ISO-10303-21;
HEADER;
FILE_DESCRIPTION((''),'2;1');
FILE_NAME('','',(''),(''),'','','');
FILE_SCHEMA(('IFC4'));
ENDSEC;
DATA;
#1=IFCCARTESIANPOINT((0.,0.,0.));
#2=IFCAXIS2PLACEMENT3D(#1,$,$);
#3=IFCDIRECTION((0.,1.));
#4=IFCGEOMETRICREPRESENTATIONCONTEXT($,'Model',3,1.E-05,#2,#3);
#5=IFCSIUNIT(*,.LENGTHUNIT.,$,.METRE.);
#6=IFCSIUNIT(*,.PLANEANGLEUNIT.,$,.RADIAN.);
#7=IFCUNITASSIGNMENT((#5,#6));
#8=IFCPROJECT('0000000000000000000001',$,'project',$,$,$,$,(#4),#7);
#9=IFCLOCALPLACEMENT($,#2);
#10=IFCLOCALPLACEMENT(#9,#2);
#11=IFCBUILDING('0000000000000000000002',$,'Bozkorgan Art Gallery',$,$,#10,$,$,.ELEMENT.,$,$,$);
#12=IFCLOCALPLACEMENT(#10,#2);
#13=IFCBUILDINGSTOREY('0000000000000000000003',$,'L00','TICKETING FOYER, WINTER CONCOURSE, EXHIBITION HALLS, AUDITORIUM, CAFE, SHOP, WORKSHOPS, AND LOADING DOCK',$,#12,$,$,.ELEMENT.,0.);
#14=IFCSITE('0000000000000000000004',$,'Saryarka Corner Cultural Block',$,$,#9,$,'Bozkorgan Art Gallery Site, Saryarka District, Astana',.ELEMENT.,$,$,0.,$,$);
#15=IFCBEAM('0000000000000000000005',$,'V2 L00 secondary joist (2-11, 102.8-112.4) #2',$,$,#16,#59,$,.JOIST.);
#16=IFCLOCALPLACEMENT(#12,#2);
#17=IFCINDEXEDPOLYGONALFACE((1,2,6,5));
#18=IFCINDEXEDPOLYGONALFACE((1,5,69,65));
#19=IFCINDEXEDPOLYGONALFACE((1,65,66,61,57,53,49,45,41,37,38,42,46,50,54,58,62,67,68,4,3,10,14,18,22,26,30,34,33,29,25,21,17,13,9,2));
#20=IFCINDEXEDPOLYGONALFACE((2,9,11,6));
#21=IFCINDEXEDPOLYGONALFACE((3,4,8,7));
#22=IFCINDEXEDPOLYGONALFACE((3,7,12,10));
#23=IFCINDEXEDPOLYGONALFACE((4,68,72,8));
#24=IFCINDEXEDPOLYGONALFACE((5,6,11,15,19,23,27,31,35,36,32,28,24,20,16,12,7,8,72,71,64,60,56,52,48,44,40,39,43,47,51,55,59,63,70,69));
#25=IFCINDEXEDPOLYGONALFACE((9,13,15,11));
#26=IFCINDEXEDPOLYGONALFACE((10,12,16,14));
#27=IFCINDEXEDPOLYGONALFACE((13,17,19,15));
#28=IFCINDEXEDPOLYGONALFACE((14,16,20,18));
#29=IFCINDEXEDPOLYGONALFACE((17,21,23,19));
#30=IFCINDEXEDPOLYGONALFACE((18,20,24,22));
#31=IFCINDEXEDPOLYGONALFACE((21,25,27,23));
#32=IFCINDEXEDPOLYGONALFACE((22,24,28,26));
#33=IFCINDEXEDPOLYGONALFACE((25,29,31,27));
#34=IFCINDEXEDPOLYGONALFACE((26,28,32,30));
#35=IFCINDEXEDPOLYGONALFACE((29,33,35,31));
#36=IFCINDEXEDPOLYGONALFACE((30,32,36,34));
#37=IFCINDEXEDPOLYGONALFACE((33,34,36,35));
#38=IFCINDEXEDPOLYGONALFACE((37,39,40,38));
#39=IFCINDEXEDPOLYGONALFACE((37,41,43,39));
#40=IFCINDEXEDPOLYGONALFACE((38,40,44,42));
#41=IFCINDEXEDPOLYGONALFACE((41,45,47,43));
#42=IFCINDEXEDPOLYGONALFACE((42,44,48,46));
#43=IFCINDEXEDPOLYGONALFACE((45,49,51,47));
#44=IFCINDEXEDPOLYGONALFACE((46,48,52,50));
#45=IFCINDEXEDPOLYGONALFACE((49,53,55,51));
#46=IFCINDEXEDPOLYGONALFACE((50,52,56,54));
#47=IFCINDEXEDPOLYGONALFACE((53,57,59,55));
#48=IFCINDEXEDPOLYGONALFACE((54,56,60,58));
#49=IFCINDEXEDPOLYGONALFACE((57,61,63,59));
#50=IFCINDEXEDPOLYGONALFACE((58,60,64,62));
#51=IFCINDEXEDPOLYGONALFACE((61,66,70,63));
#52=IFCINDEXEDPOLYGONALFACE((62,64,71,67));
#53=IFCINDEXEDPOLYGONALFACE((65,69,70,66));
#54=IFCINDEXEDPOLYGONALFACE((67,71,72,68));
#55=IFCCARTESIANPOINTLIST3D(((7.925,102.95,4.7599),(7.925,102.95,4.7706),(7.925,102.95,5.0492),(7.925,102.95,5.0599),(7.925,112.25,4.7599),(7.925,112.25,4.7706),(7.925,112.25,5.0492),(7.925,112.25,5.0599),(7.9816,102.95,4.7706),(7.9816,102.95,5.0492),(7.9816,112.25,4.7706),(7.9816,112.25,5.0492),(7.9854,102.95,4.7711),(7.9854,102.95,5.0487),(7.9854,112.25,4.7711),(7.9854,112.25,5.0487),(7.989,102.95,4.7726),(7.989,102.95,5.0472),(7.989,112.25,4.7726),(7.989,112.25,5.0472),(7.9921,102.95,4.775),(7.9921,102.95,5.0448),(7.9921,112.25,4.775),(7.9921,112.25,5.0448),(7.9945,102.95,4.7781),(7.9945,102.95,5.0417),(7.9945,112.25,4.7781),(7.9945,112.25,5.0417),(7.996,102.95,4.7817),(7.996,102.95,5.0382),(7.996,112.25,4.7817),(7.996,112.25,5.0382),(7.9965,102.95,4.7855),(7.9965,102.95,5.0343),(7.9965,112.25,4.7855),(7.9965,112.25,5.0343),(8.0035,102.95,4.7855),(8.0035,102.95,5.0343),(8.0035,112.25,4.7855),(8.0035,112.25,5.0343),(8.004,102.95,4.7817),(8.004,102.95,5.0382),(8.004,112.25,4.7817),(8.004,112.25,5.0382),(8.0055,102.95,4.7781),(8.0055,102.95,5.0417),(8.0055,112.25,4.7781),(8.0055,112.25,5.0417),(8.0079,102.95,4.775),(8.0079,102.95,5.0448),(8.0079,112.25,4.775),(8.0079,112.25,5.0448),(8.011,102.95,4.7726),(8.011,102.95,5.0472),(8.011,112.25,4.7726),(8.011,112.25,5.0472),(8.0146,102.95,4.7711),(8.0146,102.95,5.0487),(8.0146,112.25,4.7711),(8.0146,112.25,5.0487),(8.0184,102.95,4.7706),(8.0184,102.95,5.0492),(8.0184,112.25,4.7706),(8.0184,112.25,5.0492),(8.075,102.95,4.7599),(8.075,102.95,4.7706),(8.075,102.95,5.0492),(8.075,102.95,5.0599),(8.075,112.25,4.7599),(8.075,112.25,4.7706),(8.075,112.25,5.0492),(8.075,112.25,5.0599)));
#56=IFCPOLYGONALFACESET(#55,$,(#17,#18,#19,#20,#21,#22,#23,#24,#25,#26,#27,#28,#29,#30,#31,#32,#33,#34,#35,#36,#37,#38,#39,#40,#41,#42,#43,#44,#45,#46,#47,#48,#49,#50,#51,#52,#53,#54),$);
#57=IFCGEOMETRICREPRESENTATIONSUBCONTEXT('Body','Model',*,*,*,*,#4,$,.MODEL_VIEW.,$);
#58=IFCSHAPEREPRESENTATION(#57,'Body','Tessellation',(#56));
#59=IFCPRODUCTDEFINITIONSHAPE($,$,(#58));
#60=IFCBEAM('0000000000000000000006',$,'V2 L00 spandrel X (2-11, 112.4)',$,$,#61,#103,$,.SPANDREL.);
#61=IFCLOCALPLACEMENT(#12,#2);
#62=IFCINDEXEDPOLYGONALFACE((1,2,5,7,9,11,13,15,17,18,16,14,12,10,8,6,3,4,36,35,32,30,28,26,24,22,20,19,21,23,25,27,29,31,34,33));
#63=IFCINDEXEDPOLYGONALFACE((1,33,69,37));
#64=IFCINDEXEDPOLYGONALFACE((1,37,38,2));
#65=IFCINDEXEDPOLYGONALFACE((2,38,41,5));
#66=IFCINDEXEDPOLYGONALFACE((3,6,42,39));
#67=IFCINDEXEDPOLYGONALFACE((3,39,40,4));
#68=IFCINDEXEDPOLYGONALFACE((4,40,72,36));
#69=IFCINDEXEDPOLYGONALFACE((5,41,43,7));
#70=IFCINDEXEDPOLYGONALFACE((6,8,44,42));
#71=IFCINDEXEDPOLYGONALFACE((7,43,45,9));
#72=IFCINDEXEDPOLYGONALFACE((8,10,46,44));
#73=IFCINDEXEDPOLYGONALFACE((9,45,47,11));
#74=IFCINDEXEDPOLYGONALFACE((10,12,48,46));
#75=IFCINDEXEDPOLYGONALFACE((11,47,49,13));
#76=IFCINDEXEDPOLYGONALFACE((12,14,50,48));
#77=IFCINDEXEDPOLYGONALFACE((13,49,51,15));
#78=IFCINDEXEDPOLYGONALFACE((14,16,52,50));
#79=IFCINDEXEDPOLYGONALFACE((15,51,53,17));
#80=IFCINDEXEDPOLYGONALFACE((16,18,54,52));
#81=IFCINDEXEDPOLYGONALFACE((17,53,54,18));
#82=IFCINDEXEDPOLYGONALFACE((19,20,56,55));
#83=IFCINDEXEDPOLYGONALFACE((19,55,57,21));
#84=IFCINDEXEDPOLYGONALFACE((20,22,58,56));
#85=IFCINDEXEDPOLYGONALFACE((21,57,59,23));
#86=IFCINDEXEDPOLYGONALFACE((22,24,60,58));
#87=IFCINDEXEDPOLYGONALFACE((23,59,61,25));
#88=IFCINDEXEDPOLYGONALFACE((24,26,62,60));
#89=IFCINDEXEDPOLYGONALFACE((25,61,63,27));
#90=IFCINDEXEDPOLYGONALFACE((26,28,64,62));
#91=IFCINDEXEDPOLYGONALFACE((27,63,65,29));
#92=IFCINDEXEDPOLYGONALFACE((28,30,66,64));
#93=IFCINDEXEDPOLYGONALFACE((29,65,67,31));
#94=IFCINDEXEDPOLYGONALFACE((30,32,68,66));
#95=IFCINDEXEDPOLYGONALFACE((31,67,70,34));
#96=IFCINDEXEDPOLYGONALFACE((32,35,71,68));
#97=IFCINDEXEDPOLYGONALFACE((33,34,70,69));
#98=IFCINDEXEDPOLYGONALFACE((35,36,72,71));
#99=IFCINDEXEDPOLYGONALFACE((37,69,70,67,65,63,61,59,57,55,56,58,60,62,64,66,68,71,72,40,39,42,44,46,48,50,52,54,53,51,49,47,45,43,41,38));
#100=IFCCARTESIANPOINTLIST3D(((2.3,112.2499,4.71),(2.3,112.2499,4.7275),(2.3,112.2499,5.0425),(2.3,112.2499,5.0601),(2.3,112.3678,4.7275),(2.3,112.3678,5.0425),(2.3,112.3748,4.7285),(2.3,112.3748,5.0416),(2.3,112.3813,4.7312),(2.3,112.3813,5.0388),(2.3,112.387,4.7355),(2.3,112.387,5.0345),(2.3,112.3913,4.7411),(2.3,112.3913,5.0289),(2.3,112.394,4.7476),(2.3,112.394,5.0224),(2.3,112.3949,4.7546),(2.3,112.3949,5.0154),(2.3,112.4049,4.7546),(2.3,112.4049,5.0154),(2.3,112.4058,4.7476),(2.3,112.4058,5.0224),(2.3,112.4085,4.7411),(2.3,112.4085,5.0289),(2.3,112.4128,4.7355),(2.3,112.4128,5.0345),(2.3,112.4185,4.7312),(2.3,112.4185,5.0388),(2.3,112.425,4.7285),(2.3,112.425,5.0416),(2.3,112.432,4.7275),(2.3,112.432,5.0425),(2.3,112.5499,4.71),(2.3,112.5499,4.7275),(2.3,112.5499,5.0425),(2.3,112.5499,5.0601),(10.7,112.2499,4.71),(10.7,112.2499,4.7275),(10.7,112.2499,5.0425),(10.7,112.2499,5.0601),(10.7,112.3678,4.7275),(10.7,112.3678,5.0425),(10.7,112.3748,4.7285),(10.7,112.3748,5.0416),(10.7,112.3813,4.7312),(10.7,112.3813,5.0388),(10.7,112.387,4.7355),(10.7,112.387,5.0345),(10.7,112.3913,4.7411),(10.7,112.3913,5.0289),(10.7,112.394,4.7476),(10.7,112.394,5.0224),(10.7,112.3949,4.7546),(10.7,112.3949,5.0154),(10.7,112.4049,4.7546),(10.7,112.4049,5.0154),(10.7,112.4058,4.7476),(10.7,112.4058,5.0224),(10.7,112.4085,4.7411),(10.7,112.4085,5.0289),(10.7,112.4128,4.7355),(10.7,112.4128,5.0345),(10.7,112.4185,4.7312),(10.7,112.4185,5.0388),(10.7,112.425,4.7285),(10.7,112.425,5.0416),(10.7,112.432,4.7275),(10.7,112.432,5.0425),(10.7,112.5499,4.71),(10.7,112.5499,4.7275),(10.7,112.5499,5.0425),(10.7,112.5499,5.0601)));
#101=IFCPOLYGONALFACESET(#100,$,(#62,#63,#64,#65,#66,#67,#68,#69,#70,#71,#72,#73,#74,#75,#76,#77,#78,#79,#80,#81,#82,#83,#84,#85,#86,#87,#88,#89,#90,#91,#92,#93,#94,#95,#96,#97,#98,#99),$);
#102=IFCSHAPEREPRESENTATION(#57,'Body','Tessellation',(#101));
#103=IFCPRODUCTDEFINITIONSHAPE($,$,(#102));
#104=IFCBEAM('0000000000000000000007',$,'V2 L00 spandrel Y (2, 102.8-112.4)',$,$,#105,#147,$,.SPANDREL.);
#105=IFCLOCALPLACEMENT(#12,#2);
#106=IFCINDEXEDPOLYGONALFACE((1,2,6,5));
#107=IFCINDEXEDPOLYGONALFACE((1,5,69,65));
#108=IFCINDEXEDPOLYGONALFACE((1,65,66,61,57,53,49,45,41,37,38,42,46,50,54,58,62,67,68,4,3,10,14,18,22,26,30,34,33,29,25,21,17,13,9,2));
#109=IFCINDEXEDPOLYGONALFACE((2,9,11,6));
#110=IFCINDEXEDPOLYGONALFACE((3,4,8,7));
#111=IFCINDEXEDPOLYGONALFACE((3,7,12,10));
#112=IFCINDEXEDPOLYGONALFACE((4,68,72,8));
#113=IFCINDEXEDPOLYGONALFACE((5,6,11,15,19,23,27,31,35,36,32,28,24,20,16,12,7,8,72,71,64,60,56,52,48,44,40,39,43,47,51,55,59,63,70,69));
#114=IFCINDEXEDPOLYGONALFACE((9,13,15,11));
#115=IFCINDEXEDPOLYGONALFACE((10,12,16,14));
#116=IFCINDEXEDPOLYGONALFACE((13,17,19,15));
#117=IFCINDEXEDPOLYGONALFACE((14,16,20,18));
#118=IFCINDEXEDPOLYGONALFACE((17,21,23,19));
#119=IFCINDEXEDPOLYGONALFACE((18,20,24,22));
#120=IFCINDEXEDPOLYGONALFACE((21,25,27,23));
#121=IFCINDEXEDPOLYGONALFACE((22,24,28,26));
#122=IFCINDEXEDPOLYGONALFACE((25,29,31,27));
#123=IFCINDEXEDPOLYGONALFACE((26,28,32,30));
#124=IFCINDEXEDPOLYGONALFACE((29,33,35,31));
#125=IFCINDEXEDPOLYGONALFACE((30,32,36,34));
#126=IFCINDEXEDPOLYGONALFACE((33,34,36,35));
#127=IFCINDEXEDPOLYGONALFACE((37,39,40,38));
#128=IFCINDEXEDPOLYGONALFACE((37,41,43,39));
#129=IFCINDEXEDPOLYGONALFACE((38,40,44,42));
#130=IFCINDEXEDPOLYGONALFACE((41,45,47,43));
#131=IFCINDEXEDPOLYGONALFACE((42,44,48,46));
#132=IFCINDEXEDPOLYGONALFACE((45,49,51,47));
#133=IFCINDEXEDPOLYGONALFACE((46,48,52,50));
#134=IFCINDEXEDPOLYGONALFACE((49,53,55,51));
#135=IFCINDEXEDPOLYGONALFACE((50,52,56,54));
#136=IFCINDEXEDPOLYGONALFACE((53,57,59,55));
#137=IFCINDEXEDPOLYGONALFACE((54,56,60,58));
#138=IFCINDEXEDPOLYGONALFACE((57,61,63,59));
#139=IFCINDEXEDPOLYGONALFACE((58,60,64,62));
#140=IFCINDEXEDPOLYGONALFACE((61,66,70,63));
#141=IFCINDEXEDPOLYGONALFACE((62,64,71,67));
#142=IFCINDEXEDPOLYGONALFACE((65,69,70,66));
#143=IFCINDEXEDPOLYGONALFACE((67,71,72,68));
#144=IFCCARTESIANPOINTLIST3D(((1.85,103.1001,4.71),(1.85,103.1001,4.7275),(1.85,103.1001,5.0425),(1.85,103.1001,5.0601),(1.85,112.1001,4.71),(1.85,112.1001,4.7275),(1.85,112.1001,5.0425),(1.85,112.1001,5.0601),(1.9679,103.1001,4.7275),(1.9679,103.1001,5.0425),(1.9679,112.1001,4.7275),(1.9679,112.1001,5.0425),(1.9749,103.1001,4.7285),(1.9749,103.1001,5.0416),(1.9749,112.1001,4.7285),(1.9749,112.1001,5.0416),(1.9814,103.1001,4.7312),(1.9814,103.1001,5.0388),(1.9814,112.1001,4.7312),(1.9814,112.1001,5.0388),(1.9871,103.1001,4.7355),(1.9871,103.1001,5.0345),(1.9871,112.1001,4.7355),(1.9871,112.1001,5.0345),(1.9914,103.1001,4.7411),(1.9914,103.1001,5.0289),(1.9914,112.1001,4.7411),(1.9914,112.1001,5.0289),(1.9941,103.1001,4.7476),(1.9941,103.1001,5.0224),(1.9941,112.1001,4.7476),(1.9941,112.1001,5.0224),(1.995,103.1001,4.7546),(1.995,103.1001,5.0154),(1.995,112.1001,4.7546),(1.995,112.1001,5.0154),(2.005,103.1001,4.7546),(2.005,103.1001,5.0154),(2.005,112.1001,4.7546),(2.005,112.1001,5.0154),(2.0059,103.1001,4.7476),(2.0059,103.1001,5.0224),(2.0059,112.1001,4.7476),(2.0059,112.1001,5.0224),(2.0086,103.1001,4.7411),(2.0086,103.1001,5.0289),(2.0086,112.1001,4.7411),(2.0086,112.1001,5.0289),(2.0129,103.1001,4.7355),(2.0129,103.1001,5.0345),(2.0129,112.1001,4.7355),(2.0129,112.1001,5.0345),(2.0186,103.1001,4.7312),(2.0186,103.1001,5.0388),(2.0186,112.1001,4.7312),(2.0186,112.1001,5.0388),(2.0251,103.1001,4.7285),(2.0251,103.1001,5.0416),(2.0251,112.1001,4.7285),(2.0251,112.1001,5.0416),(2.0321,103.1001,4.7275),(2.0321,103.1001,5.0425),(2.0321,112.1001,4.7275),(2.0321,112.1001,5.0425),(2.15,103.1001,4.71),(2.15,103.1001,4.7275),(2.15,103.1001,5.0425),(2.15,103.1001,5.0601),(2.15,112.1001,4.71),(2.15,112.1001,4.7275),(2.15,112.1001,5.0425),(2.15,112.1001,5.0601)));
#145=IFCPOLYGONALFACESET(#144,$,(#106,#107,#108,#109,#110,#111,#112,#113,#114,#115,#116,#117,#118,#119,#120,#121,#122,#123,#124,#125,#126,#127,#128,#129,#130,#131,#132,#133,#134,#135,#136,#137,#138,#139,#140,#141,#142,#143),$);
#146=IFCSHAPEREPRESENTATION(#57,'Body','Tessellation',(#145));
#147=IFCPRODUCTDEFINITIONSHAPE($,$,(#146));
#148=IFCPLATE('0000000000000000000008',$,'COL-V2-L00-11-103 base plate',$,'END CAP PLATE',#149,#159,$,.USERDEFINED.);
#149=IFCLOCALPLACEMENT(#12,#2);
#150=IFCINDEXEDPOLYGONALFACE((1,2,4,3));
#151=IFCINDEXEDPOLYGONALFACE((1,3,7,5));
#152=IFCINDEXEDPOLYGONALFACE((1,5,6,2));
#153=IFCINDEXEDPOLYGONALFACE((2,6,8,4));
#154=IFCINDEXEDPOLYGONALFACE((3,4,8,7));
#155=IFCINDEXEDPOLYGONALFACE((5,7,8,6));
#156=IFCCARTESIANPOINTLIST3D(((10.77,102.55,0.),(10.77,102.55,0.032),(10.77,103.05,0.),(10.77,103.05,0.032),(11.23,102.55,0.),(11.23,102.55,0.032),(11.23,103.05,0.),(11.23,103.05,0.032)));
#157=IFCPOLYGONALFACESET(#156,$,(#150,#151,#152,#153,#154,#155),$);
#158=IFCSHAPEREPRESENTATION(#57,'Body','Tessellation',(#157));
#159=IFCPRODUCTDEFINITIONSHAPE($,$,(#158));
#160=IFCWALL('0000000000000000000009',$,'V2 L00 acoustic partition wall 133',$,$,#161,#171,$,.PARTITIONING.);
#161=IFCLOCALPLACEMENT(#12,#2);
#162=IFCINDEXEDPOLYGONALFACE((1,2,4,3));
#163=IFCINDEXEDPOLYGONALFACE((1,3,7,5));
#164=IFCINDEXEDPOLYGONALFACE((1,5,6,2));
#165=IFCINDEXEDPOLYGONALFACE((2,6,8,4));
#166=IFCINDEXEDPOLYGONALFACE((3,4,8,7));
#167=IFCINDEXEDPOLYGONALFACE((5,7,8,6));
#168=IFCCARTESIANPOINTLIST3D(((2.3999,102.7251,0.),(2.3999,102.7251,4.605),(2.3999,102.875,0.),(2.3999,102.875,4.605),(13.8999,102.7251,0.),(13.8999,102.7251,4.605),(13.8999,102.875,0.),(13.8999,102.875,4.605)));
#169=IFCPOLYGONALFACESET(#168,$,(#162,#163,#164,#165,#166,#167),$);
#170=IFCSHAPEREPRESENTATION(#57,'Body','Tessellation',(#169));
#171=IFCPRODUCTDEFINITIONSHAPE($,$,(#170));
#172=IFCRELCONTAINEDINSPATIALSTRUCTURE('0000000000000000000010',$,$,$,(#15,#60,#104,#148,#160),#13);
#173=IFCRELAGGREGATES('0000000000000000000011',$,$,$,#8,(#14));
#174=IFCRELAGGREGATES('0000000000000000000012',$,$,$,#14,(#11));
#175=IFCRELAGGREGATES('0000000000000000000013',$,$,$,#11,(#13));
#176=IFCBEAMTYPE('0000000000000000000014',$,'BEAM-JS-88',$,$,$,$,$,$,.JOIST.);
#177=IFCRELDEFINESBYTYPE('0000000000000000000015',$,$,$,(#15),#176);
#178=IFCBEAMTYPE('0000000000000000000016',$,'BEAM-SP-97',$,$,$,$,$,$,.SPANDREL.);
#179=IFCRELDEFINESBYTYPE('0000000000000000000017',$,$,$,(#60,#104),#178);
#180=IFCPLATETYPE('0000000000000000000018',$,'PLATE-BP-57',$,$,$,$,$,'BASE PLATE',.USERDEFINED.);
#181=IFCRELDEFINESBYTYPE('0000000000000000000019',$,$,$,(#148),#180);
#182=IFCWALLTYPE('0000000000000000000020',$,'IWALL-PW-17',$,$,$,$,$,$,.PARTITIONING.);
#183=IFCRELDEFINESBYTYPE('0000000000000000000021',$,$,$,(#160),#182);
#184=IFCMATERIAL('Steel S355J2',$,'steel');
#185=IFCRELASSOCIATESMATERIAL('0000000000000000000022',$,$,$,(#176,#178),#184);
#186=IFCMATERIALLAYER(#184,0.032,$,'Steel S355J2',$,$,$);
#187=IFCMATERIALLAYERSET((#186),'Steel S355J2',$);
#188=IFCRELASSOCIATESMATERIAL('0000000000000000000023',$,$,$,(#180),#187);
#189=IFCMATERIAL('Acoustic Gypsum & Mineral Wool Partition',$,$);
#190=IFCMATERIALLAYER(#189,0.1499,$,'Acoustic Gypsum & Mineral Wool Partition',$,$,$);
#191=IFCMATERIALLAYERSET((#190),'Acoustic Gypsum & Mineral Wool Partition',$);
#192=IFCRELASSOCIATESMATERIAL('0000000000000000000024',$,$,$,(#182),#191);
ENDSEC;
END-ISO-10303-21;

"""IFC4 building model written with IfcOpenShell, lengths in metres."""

from ifc_helpers import new_model, si_unit, direction, frame, frame_2d, origin, origin_2d, place, context, subcontext, project, spatial, rectangle, i_section, extrude, material, layer, layer_set, material_profile, profile_set, type_object, element, save


model = new_model("IFC4")

# Units and contexts
model_context = context("Model", 3, precision=1e-05, world=origin(), true_north=direction((0.0, 1.0)))
body_context = subcontext(model_context, "Body", "Model", "MODEL_VIEW")
ifc_project = project(units=[si_unit("LENGTHUNIT", "METRE"), si_unit("PLANEANGLEUNIT", "RADIAN")], contexts=[model_context])

# Site, building, storey
site_placement = place(None, origin())
site = spatial("IfcSite", under=ifc_project, at=site_placement, Name="Saryarka Corner Cultural Block", LongName="Bozkorgan Art Gallery Site, Saryarka District, Astana", CompositionType="ELEMENT", RefElevation=0.0)
building_placement = place(site_placement, origin())
building = spatial("IfcBuilding", under=site, at=building_placement, Name="Bozkorgan Art Gallery", CompositionType="ELEMENT")
storey_placement = place(building_placement, origin())
storey = spatial("IfcBuildingStorey", under=building, at=storey_placement, Name="L00", Description="TICKETING FOYER, WINTER CONCOURSE, EXHIBITION HALLS, AUDITORIUM, CAFE, SHOP, WORKSHOPS, AND LOADING DOCK", CompositionType="ELEMENT", Elevation=0.0)

# Shared definitions
ifc_material_1 = material(Name="Steel S355J2", Category="steel")

# Beams
ifc_material_profile_1 = material_profile(ifc_material_1, i_section(OverallWidth=0.1499, OverallDepth=0.3, WebThickness=0.0071, FlangeThickness=0.0107, FilletRadius=0.0149, at=origin_2d()), Name="IPE 300")
ifc_profile_set_1 = profile_set([ifc_material_profile_1], Name="Steel S355J2")
beam_type_1 = type_object("IfcBeamType", Name="BEAM-JS-88", PredefinedType="JOIST", material=ifc_profile_set_1)
for number, where, z_axis, x_axis, name in (
    (1, (8.0, 102.95, 4.9099), (0.0, 1.0, 0.0), (-1.0, 0.0, 0.0), "V2 L00 secondary joist (2-11, 102.8-112.4) #2"),
):
    element("IfcBeam", number, at=place(storey_placement, frame(where, z_axis=z_axis, x_axis=x_axis)), inside=storey, type_object=beam_type_1, Name=name, PredefinedType="JOIST", context=body_context, shape_type="SweptSolid", body=[
        extrude(i_section(OverallWidth=0.1499, OverallDepth=0.3, WebThickness=0.0071, FlangeThickness=0.0107, FilletRadius=0.0149, at=origin_2d()), origin(), (0.0, 0.0, 1.0), 9.3),
    ])
ifc_material_profile_2 = material_profile(ifc_material_1, i_section(OverallWidth=0.3, OverallDepth=0.3501, WebThickness=0.01, FlangeThickness=0.0176, FilletRadius=0.0271, at=origin_2d()), Name="HEA 360")
ifc_profile_set_2 = profile_set([ifc_material_profile_2], Name="Steel S355J2")
beam_type_2 = type_object("IfcBeamType", Name="BEAM-SP-97", PredefinedType="SPANDREL", material=ifc_profile_set_2)
beam_1_placement = place(storey_placement, frame((2.3, 112.3999, 4.885), z_axis=(1.0, 0.0, 0.0), x_axis=(0.0, 1.0, 0.0)))
element("IfcBeam", 2, at=beam_1_placement, inside=storey, type_object=beam_type_2, Name="V2 L00 spandrel X (2-11, 112.4)", PredefinedType="SPANDREL", context=body_context, shape_type="SweptSolid", body=[
    extrude(i_section(OverallWidth=0.3, OverallDepth=0.3501, WebThickness=0.01, FlangeThickness=0.0176, FilletRadius=0.0271, at=origin_2d()), origin(), (0.0, 0.0, 1.0), 8.3999),
])
beam_2_placement = place(storey_placement, frame((2.0, 103.1001, 4.885), z_axis=(0.0, 1.0, 0.0), x_axis=(-1.0, 0.0, 0.0)))
element("IfcBeam", 3, at=beam_2_placement, inside=storey, type_object=beam_type_2, Name="V2 L00 spandrel Y (2, 102.8-112.4)", PredefinedType="SPANDREL", context=body_context, shape_type="SweptSolid", body=[
    extrude(i_section(OverallWidth=0.3, OverallDepth=0.3501, WebThickness=0.01, FlangeThickness=0.0176, FilletRadius=0.0271, at=origin_2d()), origin(), (0.0, 0.0, 1.0), 9.0),
])

# Plate
ifc_layer_1 = layer(ifc_material_1, 0.032, Name="Steel S355J2")
ifc_layer_set_1 = layer_set([ifc_layer_1], Name="Steel S355J2")
plate_type = type_object("IfcPlateType", Name="PLATE-BP-57", ElementType="BASE PLATE", PredefinedType="USERDEFINED", material=ifc_layer_set_1)
plate_placement = place(storey_placement, frame((11.0, 102.8, 0.0), z_axis=(0.0, 0.0, 1.0), x_axis=(1.0, 0.0, 0.0)))
element("IfcPlate", 4, at=plate_placement, inside=storey, type_object=plate_type, Name="COL-V2-L00-11-103 base plate", ObjectType="END CAP PLATE", PredefinedType="USERDEFINED", context=body_context, shape_type="SweptSolid", body=[
    extrude(rectangle(XDim=0.46, YDim=0.5, at=origin_2d()), origin(), (0.0, 0.0, 1.0), 0.032),
])

# Wall
ifc_material_2 = material(Name="Acoustic Gypsum & Mineral Wool Partition")
ifc_layer_2 = layer(ifc_material_2, 0.1499, Name="Acoustic Gypsum & Mineral Wool Partition")
ifc_layer_set_2 = layer_set([ifc_layer_2], Name="Acoustic Gypsum & Mineral Wool Partition")
wall_type_1 = type_object("IfcWallType", Name="IWALL-PW-17", PredefinedType="PARTITIONING", material=ifc_layer_set_2)
wall_1_placement = place(storey_placement, frame((2.3999, 102.8, 0.0), z_axis=(0.0, 0.0, 1.0), x_axis=(1.0, 0.0, 0.0)))
element("IfcWall", 5, at=wall_1_placement, inside=storey, type_object=wall_type_1, Name="V2 L00 acoustic partition wall 133", PredefinedType="PARTITIONING", context=body_context, shape_type="SweptSolid", body=[
    extrude(rectangle(XDim=11.5, YDim=0.1499, at=frame_2d((5.75, 0.0))), origin(), (0.0, 0.0, 1.0), 4.605),
])

save(model, "model.ifc")
